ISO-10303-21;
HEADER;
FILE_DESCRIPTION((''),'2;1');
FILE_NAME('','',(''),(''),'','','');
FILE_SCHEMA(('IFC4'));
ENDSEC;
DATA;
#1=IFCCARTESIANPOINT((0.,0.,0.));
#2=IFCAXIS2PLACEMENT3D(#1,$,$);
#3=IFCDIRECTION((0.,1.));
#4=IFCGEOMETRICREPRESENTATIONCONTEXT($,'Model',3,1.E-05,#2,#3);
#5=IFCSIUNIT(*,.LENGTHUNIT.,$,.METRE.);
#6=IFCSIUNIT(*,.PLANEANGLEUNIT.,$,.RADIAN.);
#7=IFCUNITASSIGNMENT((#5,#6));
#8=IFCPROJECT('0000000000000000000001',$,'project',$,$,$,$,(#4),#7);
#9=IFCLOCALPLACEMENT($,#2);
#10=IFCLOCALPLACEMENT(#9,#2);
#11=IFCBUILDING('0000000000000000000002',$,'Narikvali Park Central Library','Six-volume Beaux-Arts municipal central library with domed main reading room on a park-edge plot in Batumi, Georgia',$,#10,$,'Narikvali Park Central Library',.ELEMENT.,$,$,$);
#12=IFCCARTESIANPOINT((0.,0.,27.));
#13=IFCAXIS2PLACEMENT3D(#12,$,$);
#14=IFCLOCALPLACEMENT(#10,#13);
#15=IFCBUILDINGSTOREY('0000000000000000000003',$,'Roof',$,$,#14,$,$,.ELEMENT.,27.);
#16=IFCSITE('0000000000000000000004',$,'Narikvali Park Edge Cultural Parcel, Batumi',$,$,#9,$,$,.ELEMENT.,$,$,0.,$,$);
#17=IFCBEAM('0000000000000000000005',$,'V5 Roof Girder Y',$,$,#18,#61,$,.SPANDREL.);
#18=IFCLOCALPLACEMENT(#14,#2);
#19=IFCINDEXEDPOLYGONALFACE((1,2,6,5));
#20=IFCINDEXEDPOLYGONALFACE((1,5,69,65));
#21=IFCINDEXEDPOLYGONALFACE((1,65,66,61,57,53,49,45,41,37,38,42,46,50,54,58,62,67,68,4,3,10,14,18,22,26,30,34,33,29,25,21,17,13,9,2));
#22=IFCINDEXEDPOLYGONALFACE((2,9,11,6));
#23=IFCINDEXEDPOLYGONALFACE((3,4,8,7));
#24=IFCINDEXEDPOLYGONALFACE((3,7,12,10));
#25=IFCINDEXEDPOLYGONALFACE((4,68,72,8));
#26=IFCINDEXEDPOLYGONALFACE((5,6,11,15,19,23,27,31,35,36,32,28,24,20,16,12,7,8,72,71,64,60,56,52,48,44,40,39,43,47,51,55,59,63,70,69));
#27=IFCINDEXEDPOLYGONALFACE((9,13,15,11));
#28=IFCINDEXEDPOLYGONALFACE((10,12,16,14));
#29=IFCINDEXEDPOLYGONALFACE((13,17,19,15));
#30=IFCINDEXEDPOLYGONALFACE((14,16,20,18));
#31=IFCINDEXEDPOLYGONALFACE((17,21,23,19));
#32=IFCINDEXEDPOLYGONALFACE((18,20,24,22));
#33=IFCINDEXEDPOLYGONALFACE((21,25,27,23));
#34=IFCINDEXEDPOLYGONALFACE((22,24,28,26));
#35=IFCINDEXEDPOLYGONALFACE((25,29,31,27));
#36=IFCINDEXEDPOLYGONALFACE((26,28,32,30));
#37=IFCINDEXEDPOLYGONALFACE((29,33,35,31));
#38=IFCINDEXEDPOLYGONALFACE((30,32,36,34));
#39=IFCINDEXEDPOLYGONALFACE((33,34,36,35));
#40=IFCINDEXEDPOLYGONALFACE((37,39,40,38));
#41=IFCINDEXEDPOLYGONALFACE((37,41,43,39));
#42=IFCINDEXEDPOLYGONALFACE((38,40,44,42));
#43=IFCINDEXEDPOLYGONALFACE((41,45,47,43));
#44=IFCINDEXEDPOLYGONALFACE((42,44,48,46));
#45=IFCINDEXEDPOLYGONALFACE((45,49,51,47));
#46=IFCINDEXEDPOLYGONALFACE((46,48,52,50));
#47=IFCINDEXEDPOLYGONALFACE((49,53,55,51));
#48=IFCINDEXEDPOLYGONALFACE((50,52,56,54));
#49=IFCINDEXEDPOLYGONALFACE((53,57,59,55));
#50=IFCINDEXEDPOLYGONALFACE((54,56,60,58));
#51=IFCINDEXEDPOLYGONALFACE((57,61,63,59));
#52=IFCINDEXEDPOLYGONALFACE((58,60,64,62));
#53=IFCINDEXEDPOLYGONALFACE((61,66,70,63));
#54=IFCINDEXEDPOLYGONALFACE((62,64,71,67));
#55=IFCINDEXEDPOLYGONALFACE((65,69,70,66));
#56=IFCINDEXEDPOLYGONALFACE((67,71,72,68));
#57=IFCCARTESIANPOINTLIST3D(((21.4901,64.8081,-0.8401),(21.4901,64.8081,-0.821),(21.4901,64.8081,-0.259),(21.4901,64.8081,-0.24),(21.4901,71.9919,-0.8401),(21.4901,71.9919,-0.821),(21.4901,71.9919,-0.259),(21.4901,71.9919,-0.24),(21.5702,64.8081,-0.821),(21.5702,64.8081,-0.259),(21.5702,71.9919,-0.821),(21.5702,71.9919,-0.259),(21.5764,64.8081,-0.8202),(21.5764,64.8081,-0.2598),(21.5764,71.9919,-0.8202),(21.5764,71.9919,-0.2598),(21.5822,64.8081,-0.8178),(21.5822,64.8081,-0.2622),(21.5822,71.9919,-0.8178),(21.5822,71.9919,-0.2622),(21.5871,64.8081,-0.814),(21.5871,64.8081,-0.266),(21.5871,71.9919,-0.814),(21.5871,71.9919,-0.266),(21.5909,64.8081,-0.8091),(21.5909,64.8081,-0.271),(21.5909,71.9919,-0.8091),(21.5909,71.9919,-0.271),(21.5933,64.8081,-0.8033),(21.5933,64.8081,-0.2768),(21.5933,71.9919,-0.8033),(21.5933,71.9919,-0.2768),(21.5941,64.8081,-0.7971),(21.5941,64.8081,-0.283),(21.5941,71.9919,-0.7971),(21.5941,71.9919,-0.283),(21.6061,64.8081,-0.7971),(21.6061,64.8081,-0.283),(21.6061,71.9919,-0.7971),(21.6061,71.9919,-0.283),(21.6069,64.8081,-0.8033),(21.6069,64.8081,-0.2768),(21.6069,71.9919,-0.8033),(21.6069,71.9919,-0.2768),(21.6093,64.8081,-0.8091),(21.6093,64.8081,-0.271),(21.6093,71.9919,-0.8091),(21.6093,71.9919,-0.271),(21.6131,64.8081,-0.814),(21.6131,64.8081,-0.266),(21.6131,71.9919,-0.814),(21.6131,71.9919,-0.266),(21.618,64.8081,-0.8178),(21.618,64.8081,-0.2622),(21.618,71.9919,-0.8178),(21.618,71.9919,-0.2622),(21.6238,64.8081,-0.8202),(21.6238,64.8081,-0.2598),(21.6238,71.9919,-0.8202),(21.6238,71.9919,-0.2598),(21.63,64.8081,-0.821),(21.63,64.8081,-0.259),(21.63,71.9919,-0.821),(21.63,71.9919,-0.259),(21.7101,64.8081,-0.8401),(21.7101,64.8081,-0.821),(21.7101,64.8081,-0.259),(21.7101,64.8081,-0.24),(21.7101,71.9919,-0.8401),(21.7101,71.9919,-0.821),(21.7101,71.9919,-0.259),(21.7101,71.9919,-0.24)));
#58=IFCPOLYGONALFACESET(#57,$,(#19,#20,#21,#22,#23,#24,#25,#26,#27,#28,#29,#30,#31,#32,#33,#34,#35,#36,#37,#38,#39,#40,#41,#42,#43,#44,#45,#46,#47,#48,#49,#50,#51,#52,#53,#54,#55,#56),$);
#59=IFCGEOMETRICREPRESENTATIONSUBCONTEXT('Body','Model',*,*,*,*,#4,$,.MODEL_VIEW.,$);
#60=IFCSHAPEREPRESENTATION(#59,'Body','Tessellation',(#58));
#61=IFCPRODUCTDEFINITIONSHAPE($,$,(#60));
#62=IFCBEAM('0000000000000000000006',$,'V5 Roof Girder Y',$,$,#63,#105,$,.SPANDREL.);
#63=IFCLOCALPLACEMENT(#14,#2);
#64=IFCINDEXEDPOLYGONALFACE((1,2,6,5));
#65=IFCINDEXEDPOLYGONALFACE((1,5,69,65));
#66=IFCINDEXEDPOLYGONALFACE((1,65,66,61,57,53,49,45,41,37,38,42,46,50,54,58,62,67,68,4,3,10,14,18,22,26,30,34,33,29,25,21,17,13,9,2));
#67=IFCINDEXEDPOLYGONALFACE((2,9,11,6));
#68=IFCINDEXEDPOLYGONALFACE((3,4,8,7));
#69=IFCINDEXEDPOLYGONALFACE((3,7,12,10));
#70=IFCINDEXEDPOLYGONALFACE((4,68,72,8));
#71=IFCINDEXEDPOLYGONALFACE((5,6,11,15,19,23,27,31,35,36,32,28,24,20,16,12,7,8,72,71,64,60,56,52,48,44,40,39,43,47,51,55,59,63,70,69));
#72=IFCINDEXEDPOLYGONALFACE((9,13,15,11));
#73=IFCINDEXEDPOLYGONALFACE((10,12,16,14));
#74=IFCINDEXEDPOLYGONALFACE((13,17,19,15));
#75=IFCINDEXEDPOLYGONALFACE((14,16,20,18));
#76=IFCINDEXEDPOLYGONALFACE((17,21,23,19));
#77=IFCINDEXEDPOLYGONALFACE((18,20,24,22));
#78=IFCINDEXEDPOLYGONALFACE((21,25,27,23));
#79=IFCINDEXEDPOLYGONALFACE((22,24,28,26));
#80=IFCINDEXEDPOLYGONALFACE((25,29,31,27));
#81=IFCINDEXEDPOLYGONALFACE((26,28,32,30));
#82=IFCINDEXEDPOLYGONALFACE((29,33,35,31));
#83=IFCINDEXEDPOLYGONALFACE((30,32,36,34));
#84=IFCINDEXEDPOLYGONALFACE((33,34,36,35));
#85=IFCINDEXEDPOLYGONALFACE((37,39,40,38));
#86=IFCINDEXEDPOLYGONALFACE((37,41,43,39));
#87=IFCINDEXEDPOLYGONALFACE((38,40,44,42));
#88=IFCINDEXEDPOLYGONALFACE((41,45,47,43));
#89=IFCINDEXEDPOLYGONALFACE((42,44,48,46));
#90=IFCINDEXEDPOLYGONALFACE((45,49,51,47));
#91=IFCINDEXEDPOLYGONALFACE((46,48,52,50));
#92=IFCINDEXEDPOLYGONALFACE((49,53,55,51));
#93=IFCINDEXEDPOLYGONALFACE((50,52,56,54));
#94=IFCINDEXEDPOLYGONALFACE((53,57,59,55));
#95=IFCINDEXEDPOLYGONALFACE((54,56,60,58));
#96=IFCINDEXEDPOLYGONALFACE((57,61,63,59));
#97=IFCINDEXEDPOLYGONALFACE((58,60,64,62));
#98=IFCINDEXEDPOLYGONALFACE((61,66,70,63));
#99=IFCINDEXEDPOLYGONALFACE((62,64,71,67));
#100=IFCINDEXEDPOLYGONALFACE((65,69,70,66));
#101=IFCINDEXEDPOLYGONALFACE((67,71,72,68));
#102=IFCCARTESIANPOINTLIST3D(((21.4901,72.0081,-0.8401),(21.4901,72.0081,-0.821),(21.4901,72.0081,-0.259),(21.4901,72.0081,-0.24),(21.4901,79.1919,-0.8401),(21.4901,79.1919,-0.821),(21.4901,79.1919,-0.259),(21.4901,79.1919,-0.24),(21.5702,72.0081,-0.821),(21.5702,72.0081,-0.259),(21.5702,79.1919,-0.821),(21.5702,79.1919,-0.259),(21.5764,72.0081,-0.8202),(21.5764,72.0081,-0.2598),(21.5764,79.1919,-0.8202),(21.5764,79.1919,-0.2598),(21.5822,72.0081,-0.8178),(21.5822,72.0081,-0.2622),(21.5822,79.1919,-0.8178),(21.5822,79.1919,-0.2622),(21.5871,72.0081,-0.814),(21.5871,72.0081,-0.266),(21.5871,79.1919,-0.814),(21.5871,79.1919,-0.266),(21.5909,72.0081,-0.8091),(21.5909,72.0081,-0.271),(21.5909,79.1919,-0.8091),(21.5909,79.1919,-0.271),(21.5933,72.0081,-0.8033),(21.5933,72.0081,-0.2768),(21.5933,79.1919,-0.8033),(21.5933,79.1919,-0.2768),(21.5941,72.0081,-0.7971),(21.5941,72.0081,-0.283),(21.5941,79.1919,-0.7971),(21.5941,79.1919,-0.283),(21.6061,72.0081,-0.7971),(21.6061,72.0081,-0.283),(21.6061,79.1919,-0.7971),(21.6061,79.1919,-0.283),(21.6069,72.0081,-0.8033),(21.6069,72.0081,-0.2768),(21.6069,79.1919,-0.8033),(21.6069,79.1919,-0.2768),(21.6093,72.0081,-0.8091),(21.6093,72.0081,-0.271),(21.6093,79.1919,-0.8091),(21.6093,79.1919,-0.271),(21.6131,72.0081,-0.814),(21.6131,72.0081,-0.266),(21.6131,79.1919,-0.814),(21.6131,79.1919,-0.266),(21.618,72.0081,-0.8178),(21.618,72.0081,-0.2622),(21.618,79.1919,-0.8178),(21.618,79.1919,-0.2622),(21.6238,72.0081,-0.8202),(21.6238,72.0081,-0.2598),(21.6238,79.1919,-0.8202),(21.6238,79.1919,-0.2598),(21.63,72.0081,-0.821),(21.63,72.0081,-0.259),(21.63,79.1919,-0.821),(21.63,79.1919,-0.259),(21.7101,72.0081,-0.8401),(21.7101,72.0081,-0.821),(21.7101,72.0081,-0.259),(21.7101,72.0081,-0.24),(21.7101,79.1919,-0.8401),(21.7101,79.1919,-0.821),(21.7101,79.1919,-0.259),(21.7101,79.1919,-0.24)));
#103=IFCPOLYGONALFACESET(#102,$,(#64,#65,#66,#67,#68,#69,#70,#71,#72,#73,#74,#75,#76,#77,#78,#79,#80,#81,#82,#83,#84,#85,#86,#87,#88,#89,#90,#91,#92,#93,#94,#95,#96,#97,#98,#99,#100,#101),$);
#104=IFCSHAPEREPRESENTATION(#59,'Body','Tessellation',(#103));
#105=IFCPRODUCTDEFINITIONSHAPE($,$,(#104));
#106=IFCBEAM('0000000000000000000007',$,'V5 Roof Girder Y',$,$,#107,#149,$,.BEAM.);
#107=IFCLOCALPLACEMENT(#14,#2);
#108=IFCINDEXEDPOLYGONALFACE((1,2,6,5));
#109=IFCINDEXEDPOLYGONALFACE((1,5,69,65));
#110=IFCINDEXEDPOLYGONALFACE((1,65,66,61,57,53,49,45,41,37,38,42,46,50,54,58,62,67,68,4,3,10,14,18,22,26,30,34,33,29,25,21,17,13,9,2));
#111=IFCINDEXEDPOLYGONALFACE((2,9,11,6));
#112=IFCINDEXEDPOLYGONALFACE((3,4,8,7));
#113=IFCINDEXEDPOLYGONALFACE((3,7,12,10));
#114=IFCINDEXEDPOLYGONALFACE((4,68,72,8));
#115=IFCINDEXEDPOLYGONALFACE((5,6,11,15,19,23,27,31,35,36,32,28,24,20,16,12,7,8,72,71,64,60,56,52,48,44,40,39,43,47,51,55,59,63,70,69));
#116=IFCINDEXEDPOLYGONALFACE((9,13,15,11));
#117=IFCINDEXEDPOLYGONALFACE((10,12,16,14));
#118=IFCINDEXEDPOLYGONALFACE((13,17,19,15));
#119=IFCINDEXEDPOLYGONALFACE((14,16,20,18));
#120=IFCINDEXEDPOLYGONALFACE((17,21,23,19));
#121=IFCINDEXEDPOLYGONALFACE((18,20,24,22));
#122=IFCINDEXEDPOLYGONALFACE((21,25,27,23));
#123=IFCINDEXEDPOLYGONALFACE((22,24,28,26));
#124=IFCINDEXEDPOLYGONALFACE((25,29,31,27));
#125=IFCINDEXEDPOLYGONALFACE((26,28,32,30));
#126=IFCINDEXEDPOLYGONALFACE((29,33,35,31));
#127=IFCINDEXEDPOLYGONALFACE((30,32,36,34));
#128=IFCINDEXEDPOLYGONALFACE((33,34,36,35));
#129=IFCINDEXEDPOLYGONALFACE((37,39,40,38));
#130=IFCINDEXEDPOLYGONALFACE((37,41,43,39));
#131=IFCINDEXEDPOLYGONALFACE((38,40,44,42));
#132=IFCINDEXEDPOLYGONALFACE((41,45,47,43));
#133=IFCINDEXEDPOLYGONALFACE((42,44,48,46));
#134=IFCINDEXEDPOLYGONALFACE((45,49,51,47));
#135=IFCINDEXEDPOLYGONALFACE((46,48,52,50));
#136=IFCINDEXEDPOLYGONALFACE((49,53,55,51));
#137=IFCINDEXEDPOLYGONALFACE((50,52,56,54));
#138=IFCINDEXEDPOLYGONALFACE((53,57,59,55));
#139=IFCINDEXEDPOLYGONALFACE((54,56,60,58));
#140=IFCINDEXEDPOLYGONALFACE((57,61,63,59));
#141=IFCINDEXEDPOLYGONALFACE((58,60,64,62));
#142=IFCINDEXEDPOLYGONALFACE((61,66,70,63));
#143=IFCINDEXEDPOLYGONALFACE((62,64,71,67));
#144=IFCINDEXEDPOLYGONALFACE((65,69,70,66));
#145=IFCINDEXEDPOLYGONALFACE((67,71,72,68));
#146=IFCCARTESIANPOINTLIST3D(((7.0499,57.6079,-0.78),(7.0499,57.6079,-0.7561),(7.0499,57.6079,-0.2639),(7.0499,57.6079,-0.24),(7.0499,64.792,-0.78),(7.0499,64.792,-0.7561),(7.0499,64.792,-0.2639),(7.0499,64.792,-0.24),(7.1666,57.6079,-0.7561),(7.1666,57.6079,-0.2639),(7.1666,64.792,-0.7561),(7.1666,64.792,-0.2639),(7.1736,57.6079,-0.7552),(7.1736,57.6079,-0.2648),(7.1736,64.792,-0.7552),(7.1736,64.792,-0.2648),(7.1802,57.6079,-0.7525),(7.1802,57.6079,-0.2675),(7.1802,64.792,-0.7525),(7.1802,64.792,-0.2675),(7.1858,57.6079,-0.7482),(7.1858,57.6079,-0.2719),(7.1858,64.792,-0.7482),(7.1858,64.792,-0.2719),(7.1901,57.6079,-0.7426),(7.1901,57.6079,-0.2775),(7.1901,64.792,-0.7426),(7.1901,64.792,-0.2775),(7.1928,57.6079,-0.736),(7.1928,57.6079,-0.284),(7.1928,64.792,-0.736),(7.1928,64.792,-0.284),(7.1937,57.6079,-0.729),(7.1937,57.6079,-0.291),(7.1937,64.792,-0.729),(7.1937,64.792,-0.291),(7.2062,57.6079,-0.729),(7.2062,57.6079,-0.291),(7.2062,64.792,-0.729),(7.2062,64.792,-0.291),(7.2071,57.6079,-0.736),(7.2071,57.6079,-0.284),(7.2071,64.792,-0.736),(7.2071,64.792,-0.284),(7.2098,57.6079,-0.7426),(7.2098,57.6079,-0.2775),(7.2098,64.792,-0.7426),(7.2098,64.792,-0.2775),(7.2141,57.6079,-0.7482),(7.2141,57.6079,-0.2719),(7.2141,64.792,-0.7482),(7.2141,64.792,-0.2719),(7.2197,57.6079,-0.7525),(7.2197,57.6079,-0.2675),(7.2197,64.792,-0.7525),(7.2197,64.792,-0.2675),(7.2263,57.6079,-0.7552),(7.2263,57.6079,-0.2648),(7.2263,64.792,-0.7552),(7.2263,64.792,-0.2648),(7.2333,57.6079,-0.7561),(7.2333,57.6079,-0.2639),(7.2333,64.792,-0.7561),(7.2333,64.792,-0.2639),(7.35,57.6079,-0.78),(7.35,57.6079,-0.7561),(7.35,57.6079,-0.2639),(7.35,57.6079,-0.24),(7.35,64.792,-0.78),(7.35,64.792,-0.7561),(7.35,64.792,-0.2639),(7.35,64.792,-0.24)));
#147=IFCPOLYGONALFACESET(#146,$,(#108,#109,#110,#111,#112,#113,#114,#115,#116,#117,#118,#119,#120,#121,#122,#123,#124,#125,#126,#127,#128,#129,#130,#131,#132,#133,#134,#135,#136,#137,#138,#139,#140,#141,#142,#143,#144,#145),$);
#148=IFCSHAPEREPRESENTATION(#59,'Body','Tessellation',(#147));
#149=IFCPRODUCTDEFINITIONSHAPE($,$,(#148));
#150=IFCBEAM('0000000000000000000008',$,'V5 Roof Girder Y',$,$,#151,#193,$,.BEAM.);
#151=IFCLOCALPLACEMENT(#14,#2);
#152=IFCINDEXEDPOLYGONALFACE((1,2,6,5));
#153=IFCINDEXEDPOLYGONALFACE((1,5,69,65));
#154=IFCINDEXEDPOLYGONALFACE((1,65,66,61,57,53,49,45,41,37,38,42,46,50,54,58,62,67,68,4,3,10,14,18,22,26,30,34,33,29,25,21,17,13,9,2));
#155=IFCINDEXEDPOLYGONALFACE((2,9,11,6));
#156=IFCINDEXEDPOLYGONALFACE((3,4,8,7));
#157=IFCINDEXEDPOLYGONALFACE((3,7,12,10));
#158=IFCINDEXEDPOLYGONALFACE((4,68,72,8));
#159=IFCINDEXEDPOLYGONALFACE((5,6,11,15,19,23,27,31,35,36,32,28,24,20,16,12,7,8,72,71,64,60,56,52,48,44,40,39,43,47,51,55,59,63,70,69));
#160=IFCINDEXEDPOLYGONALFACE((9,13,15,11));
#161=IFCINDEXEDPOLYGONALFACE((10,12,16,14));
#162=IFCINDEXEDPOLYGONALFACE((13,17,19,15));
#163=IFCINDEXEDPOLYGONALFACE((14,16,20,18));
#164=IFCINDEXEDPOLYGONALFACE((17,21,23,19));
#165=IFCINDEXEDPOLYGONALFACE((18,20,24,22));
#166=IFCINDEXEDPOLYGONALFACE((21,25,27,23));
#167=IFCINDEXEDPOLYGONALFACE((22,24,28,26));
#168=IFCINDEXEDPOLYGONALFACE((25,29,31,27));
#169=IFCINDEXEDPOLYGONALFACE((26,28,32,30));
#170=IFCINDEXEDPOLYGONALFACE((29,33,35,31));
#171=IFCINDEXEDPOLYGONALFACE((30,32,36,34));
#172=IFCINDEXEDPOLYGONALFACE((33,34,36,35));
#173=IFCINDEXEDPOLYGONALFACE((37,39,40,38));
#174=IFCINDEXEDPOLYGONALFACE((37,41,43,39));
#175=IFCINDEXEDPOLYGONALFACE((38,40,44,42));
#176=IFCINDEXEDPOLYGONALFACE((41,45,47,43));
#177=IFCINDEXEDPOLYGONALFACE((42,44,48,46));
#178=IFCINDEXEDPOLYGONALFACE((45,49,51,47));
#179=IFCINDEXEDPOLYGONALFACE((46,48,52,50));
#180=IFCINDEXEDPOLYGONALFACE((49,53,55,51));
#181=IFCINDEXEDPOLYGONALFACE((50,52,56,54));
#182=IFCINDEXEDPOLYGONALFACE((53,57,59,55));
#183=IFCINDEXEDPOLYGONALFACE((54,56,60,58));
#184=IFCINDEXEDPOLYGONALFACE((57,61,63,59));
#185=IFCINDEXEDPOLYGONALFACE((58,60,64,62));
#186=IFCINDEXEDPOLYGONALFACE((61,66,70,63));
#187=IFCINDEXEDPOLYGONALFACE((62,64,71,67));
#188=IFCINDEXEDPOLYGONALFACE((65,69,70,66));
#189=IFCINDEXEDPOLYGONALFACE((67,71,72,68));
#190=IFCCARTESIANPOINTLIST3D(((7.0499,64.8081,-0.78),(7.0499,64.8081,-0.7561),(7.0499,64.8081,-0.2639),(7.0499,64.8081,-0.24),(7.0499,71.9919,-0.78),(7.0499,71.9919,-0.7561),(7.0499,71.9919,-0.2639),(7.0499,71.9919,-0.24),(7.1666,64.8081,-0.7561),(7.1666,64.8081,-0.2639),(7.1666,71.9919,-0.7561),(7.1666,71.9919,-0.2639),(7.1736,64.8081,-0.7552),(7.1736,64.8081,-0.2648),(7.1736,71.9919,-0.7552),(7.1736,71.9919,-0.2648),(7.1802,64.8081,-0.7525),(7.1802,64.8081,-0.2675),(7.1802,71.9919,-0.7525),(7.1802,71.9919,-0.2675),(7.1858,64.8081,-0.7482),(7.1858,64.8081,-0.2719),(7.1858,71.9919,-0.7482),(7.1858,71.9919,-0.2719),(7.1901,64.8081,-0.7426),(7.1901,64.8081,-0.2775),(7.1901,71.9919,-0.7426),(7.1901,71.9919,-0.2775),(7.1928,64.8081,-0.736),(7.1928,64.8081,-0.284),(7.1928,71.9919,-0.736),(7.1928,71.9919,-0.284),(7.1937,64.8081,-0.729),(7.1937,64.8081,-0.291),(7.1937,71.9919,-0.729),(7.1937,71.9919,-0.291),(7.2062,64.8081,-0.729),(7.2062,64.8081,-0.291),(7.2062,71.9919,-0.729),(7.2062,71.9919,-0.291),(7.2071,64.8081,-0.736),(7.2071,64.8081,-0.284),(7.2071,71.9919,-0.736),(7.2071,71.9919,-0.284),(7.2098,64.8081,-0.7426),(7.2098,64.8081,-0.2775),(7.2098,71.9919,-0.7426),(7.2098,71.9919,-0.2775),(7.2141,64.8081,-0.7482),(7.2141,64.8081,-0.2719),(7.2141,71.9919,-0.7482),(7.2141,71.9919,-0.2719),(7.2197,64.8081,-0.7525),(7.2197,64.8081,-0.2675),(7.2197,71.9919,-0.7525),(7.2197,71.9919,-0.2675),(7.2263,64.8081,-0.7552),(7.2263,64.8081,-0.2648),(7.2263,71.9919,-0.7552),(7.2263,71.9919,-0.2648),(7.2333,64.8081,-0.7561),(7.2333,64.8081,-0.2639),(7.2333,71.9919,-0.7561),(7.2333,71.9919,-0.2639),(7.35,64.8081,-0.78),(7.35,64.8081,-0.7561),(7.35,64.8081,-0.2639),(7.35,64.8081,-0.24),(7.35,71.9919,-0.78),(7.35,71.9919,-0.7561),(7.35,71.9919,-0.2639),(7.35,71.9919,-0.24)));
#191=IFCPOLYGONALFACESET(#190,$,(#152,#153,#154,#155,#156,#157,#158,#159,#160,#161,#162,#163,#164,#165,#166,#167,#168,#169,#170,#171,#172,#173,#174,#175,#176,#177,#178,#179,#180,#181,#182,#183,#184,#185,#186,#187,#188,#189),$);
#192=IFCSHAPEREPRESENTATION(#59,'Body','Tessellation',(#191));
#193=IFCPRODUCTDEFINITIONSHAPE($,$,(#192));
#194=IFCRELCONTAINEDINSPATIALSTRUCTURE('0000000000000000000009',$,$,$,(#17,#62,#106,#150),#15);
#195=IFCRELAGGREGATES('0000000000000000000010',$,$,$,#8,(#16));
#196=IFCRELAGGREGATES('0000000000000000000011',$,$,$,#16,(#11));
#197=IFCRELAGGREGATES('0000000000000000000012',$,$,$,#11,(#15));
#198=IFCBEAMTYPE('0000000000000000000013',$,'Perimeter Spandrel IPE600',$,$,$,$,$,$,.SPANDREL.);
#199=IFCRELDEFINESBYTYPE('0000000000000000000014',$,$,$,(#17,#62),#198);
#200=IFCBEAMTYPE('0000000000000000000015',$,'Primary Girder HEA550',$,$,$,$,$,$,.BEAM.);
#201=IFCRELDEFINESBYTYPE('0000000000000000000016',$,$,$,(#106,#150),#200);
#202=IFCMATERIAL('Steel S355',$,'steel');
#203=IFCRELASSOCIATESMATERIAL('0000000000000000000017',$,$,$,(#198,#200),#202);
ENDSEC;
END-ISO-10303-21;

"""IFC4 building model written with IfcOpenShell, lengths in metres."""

from ifc_helpers import new_model, si_unit, direction, frame, origin, origin_2d, place, context, subcontext, project, spatial, i_section, extrude, material, material_profile, profile_set, type_object, element, save


model = new_model("IFC4")

# Units and contexts
model_context = context("Model", 3, precision=1e-05, world=origin(), true_north=direction((0.0, 1.0)))
body_context = subcontext(model_context, "Body", "Model", "MODEL_VIEW")
ifc_project = project(units=[si_unit("LENGTHUNIT", "METRE"), si_unit("PLANEANGLEUNIT", "RADIAN")], contexts=[model_context])

# Site, building, storey
site_placement = place(None, origin())
site = spatial("IfcSite", under=ifc_project, at=site_placement, Name="Narikvali Park Edge Cultural Parcel, Batumi", CompositionType="ELEMENT", RefElevation=0.0)
building_placement = place(site_placement, origin())
building = spatial("IfcBuilding", under=site, at=building_placement, Name="Narikvali Park Central Library", Description="Six-volume Beaux-Arts municipal central library with domed main reading room on a park-edge plot in Batumi, Georgia", LongName="Narikvali Park Central Library", CompositionType="ELEMENT")
storey_placement = place(building_placement, frame((0.0, 0.0, 27.0)))
storey = spatial("IfcBuildingStorey", under=building, at=storey_placement, Name="Roof", CompositionType="ELEMENT", Elevation=27.0)

# Beams
ifc_material = material(Name="Steel S355", Category="steel")
ifc_material_profile_1 = material_profile(ifc_material, i_section(OverallWidth=0.22, OverallDepth=0.6001, WebThickness=0.012, FlangeThickness=0.019, FilletRadius=0.0239, at=origin_2d()), Name="IPE 600")
ifc_profile_set_1 = profile_set([ifc_material_profile_1], Name="Steel S355")
beam_type_1 = type_object("IfcBeamType", Name="Perimeter Spandrel IPE600", PredefinedType="SPANDREL", material=ifc_profile_set_1)
for number, where, z_axis, x_axis, name in (
    (1, (21.6001, 64.8081, -0.54), (0.0, 1.0, 0.0), (-1.0, 0.0, 0.0), "V5 Roof Girder Y"),
    (2, (21.6001, 72.0081, -0.54), (0.0, 1.0, 0.0), (-1.0, 0.0, 0.0), "V5 Roof Girder Y"),
):
    element("IfcBeam", number, at=place(storey_placement, frame(where, z_axis=z_axis, x_axis=x_axis)), inside=storey, type_object=beam_type_1, Name=name, PredefinedType="SPANDREL", context=body_context, shape_type="SweptSolid", body=[
        extrude(i_section(OverallWidth=0.22, OverallDepth=0.6001, WebThickness=0.012, FlangeThickness=0.019, FilletRadius=0.0239, at=origin_2d()), origin(), (0.0, 0.0, 1.0), 7.1838),
    ])
ifc_material_profile_2 = material_profile(ifc_material, i_section(OverallWidth=0.3, OverallDepth=0.54, WebThickness=0.0125, FlangeThickness=0.0239, FilletRadius=0.0271, at=origin_2d()), Name="HEA 550")
ifc_profile_set_2 = profile_set([ifc_material_profile_2], Name="Steel S355")
beam_type_2 = type_object("IfcBeamType", Name="Primary Girder HEA550", PredefinedType="BEAM", material=ifc_profile_set_2)
beam_1_placement = place(storey_placement, frame((7.2, 57.6079, -0.51), z_axis=(0.0, 1.0, 0.0), x_axis=(-1.0, 0.0, 0.0)))
element("IfcBeam", 3, at=beam_1_placement, inside=storey, type_object=beam_type_2, Name="V5 Roof Girder Y", PredefinedType="BEAM", context=body_context, shape_type="SweptSolid", body=[
    extrude(i_section(OverallWidth=0.3, OverallDepth=0.54, WebThickness=0.0125, FlangeThickness=0.0239, FilletRadius=0.0271, at=origin_2d()), origin(), (0.0, 0.0, 1.0), 7.1841),
])
for number, where, z_axis, x_axis, name in (
    (4, (7.2, 64.8081, -0.51), (0.0, 1.0, 0.0), (-1.0, 0.0, 0.0), "V5 Roof Girder Y"),
):
    element("IfcBeam", number, at=place(storey_placement, frame(where, z_axis=z_axis, x_axis=x_axis)), inside=storey, type_object=beam_type_2, Name=name, PredefinedType="BEAM", context=body_context, shape_type="SweptSolid", body=[
        extrude(i_section(OverallWidth=0.3, OverallDepth=0.54, WebThickness=0.0125, FlangeThickness=0.0239, FilletRadius=0.0271, at=origin_2d()), origin(), (0.0, 0.0, 1.0), 7.1838),
    ])

save(model, "model.ifc")
